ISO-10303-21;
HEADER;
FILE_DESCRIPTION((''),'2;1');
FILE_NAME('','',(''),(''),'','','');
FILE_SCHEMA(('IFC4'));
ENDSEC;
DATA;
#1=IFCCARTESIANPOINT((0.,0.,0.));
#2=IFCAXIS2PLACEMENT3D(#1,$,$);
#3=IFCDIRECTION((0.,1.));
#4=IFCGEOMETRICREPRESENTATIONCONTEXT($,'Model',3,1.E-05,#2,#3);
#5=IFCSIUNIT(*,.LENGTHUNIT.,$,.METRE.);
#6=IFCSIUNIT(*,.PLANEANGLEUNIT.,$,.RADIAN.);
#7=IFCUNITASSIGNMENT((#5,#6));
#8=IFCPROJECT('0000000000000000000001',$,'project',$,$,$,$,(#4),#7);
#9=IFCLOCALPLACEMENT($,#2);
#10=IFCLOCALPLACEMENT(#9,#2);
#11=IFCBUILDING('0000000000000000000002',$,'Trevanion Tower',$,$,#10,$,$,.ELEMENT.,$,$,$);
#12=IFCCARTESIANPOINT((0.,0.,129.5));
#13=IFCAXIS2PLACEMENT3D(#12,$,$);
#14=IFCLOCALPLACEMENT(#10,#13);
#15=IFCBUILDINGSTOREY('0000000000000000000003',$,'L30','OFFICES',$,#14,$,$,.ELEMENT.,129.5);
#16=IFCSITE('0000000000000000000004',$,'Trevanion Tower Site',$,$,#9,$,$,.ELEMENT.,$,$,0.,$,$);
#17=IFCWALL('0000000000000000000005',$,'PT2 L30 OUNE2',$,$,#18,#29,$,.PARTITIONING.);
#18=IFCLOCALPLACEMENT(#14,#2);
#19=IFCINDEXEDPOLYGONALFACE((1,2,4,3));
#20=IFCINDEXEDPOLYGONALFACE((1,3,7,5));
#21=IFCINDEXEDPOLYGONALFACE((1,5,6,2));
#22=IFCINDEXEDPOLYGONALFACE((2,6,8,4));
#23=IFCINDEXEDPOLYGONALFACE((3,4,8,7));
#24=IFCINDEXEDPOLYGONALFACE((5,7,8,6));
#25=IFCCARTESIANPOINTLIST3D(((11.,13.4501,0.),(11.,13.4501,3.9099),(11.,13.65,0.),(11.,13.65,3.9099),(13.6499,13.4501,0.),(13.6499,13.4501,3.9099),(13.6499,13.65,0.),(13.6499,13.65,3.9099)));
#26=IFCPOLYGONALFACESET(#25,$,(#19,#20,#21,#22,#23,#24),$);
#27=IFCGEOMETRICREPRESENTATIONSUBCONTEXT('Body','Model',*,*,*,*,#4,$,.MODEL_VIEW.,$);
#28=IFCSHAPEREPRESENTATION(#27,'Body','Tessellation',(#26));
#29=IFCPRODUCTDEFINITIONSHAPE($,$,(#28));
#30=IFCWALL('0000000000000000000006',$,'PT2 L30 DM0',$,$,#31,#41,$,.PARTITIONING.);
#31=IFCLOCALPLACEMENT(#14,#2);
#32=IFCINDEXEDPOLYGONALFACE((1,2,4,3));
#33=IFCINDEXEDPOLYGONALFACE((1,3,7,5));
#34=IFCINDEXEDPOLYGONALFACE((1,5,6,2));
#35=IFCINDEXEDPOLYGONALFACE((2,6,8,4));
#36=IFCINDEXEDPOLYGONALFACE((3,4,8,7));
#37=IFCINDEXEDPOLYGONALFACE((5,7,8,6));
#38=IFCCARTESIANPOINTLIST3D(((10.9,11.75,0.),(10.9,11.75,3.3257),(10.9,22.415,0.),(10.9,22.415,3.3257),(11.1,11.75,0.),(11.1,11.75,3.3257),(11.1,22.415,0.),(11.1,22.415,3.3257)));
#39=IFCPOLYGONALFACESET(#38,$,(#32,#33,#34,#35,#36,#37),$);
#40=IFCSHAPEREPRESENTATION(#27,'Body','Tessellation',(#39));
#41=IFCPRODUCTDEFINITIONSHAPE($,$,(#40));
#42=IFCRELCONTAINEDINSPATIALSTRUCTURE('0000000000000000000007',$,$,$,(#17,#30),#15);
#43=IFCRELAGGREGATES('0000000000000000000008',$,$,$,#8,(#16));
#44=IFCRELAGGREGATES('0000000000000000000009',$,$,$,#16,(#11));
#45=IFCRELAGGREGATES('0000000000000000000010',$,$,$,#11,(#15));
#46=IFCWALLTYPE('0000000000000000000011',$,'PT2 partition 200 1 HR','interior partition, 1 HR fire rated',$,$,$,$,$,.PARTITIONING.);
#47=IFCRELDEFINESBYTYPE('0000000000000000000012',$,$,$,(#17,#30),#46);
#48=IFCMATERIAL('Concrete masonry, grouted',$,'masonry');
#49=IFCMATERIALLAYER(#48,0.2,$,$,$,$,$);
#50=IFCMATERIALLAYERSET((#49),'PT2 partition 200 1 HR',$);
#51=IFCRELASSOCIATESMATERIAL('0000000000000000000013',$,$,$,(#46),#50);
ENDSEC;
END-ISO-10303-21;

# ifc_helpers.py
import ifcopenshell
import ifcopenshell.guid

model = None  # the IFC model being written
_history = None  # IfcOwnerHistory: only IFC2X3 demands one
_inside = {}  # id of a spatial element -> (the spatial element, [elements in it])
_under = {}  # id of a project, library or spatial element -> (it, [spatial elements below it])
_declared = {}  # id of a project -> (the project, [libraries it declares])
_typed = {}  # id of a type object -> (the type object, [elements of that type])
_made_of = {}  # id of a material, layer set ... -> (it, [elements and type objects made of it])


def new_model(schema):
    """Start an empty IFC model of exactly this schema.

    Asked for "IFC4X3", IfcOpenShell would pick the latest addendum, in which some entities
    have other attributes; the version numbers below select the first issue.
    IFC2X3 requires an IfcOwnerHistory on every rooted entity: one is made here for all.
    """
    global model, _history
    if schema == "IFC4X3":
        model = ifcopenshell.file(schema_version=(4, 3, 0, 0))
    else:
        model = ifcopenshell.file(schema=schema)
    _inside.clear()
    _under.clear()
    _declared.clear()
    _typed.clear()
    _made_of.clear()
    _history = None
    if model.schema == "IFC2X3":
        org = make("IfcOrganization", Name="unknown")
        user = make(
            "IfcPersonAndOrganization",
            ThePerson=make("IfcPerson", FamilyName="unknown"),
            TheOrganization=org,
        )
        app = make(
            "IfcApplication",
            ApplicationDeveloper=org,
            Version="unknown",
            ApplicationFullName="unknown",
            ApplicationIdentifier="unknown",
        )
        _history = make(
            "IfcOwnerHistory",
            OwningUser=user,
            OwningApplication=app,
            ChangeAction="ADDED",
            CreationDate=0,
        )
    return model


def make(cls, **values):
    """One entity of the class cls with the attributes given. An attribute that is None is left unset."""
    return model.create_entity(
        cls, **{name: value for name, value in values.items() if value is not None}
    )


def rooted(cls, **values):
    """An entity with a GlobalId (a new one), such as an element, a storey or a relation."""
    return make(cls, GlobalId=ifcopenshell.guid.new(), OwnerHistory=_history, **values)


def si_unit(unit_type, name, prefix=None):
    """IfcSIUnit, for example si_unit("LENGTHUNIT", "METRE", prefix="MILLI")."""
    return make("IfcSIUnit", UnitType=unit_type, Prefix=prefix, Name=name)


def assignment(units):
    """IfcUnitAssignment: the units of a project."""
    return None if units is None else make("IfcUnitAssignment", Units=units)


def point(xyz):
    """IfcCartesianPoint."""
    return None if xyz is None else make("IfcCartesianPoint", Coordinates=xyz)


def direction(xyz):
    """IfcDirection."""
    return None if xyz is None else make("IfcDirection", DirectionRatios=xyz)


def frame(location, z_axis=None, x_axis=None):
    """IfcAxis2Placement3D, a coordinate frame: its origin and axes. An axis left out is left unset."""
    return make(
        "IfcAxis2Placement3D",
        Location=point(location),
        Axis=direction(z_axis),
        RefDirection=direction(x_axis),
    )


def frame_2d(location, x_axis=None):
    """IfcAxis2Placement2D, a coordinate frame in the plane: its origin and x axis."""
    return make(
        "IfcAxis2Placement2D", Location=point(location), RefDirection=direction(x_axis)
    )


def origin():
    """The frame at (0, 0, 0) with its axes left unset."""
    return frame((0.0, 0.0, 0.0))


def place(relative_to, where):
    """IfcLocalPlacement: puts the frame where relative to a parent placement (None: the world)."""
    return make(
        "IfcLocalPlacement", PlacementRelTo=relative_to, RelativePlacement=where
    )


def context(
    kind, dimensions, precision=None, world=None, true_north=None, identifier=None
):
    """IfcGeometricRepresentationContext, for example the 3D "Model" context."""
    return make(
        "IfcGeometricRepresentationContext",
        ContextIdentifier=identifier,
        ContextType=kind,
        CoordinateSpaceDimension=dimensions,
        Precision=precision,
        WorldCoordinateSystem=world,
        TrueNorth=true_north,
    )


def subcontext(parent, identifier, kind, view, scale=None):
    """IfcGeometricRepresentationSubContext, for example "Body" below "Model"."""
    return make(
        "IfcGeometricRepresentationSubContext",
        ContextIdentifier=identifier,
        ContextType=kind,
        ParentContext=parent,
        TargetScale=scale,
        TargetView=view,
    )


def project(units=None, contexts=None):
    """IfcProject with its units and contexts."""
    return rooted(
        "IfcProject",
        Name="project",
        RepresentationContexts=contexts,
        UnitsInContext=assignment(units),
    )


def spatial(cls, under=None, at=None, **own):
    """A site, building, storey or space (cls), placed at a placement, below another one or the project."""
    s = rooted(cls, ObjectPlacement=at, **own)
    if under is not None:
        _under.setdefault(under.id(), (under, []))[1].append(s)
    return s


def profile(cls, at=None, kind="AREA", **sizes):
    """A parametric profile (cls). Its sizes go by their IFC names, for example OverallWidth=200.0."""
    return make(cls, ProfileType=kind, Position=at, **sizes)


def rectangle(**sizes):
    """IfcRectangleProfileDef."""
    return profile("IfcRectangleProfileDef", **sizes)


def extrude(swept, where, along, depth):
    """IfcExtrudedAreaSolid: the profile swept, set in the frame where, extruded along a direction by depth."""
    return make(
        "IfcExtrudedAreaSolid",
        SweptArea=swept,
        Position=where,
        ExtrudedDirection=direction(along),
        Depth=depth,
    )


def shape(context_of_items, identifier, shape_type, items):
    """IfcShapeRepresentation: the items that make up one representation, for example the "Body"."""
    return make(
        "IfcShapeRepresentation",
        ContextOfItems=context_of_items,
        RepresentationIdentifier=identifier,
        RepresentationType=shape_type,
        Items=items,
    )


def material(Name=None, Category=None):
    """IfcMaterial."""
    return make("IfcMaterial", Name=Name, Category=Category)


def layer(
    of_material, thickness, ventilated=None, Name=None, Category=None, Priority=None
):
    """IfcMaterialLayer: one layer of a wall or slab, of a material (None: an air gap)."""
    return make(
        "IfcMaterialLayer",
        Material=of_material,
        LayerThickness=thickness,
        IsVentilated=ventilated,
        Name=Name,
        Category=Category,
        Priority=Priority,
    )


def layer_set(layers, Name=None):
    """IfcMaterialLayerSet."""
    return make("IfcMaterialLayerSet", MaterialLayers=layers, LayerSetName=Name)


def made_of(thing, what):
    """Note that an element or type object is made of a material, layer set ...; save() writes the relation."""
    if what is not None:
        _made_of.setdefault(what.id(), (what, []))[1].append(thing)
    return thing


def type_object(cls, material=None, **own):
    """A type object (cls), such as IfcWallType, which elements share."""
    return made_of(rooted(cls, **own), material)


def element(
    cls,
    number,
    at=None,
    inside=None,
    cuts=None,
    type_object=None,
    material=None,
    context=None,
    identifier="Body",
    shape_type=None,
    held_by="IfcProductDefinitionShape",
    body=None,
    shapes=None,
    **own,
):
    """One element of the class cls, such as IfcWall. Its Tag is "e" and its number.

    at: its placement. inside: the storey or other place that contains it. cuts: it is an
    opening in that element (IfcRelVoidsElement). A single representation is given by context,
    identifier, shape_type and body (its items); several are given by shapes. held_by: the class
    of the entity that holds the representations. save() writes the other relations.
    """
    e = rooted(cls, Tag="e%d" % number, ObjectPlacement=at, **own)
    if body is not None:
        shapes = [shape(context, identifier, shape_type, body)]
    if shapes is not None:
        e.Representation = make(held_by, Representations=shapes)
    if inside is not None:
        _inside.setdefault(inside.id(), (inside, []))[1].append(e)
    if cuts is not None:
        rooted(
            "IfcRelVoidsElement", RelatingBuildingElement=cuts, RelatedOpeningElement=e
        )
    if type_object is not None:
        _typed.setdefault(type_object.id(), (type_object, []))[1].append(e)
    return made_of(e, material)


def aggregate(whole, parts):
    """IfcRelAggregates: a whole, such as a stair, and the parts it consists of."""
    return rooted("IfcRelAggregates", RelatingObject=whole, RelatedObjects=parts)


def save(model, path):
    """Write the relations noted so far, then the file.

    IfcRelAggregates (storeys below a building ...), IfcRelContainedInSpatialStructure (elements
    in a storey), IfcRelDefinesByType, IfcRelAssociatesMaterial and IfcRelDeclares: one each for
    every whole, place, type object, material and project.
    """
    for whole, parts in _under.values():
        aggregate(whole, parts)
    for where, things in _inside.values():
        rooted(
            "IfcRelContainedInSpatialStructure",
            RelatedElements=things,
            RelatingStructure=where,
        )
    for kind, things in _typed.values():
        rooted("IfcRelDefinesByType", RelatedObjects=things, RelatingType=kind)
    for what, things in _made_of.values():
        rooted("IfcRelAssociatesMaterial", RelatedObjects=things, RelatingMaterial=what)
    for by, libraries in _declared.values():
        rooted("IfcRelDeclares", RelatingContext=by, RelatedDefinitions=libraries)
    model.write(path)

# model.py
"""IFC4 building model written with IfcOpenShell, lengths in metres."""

from ifc_helpers import new_model, si_unit, direction, frame, frame_2d, origin, place, context, subcontext, project, spatial, rectangle, extrude, material, layer, layer_set, type_object, element, save


model = new_model("IFC4")

# Units and contexts
model_context = context("Model", 3, precision=1e-05, world=origin(), true_north=direction((0.0, 1.0)))
body_context = subcontext(model_context, "Body", "Model", "MODEL_VIEW")
ifc_project = project(units=[si_unit("LENGTHUNIT", "METRE"), si_unit("PLANEANGLEUNIT", "RADIAN")], contexts=[model_context])

# Site, building, storey
site_placement = place(None, origin())
site = spatial("IfcSite", under=ifc_project, at=site_placement, Name="Trevanion Tower Site", CompositionType="ELEMENT", RefElevation=0.0)
building_placement = place(site_placement, origin())
building = spatial("IfcBuilding", under=site, at=building_placement, Name="Trevanion Tower", CompositionType="ELEMENT")
storey_placement = place(building_placement, frame((0.0, 0.0, 129.5)))
storey = spatial("IfcBuildingStorey", under=building, at=storey_placement, Name="L30", Description="OFFICES", CompositionType="ELEMENT", Elevation=129.5)

# Walls
ifc_material_1 = material(Name="Concrete masonry, grouted", Category="masonry")
ifc_layer_1 = layer(ifc_material_1, 0.2)
ifc_layer_set_1 = layer_set([ifc_layer_1], Name="PT2 partition 200 1 HR")
wall_type_1 = type_object("IfcWallType", Name="PT2 partition 200 1 HR", Description="interior partition, 1 HR fire rated", PredefinedType="PARTITIONING", material=ifc_layer_set_1)
wall_1_placement = place(storey_placement, frame((11.0, 13.55, 0.0), z_axis=(0.0, 0.0, 1.0), x_axis=(1.0, 0.0, 0.0)))
element("IfcWall", 1, at=wall_1_placement, inside=storey, type_object=wall_type_1, Name="PT2 L30 OUNE2", PredefinedType="PARTITIONING", context=body_context, shape_type="SweptSolid", body=[
    extrude(rectangle(XDim=2.6499, YDim=0.2, at=frame_2d((1.325, 0.0))), origin(), (0.0, 0.0, 1.0), 3.9099),
])
wall_2_placement = place(storey_placement, frame((11.0, 11.75, 0.0), z_axis=(0.0, 0.0, 1.0), x_axis=(0.0, 1.0, 0.0)))
element("IfcWall", 2, at=wall_2_placement, inside=storey, type_object=wall_type_1, Name="PT2 L30 DM0", PredefinedType="PARTITIONING", context=body_context, shape_type="SweptSolid", body=[
    extrude(rectangle(XDim=10.665, YDim=0.2, at=frame_2d((5.3325, 0.0))), origin(), (0.0, 0.0, 1.0), 3.3257),
])

save(model, "model.ifc")
